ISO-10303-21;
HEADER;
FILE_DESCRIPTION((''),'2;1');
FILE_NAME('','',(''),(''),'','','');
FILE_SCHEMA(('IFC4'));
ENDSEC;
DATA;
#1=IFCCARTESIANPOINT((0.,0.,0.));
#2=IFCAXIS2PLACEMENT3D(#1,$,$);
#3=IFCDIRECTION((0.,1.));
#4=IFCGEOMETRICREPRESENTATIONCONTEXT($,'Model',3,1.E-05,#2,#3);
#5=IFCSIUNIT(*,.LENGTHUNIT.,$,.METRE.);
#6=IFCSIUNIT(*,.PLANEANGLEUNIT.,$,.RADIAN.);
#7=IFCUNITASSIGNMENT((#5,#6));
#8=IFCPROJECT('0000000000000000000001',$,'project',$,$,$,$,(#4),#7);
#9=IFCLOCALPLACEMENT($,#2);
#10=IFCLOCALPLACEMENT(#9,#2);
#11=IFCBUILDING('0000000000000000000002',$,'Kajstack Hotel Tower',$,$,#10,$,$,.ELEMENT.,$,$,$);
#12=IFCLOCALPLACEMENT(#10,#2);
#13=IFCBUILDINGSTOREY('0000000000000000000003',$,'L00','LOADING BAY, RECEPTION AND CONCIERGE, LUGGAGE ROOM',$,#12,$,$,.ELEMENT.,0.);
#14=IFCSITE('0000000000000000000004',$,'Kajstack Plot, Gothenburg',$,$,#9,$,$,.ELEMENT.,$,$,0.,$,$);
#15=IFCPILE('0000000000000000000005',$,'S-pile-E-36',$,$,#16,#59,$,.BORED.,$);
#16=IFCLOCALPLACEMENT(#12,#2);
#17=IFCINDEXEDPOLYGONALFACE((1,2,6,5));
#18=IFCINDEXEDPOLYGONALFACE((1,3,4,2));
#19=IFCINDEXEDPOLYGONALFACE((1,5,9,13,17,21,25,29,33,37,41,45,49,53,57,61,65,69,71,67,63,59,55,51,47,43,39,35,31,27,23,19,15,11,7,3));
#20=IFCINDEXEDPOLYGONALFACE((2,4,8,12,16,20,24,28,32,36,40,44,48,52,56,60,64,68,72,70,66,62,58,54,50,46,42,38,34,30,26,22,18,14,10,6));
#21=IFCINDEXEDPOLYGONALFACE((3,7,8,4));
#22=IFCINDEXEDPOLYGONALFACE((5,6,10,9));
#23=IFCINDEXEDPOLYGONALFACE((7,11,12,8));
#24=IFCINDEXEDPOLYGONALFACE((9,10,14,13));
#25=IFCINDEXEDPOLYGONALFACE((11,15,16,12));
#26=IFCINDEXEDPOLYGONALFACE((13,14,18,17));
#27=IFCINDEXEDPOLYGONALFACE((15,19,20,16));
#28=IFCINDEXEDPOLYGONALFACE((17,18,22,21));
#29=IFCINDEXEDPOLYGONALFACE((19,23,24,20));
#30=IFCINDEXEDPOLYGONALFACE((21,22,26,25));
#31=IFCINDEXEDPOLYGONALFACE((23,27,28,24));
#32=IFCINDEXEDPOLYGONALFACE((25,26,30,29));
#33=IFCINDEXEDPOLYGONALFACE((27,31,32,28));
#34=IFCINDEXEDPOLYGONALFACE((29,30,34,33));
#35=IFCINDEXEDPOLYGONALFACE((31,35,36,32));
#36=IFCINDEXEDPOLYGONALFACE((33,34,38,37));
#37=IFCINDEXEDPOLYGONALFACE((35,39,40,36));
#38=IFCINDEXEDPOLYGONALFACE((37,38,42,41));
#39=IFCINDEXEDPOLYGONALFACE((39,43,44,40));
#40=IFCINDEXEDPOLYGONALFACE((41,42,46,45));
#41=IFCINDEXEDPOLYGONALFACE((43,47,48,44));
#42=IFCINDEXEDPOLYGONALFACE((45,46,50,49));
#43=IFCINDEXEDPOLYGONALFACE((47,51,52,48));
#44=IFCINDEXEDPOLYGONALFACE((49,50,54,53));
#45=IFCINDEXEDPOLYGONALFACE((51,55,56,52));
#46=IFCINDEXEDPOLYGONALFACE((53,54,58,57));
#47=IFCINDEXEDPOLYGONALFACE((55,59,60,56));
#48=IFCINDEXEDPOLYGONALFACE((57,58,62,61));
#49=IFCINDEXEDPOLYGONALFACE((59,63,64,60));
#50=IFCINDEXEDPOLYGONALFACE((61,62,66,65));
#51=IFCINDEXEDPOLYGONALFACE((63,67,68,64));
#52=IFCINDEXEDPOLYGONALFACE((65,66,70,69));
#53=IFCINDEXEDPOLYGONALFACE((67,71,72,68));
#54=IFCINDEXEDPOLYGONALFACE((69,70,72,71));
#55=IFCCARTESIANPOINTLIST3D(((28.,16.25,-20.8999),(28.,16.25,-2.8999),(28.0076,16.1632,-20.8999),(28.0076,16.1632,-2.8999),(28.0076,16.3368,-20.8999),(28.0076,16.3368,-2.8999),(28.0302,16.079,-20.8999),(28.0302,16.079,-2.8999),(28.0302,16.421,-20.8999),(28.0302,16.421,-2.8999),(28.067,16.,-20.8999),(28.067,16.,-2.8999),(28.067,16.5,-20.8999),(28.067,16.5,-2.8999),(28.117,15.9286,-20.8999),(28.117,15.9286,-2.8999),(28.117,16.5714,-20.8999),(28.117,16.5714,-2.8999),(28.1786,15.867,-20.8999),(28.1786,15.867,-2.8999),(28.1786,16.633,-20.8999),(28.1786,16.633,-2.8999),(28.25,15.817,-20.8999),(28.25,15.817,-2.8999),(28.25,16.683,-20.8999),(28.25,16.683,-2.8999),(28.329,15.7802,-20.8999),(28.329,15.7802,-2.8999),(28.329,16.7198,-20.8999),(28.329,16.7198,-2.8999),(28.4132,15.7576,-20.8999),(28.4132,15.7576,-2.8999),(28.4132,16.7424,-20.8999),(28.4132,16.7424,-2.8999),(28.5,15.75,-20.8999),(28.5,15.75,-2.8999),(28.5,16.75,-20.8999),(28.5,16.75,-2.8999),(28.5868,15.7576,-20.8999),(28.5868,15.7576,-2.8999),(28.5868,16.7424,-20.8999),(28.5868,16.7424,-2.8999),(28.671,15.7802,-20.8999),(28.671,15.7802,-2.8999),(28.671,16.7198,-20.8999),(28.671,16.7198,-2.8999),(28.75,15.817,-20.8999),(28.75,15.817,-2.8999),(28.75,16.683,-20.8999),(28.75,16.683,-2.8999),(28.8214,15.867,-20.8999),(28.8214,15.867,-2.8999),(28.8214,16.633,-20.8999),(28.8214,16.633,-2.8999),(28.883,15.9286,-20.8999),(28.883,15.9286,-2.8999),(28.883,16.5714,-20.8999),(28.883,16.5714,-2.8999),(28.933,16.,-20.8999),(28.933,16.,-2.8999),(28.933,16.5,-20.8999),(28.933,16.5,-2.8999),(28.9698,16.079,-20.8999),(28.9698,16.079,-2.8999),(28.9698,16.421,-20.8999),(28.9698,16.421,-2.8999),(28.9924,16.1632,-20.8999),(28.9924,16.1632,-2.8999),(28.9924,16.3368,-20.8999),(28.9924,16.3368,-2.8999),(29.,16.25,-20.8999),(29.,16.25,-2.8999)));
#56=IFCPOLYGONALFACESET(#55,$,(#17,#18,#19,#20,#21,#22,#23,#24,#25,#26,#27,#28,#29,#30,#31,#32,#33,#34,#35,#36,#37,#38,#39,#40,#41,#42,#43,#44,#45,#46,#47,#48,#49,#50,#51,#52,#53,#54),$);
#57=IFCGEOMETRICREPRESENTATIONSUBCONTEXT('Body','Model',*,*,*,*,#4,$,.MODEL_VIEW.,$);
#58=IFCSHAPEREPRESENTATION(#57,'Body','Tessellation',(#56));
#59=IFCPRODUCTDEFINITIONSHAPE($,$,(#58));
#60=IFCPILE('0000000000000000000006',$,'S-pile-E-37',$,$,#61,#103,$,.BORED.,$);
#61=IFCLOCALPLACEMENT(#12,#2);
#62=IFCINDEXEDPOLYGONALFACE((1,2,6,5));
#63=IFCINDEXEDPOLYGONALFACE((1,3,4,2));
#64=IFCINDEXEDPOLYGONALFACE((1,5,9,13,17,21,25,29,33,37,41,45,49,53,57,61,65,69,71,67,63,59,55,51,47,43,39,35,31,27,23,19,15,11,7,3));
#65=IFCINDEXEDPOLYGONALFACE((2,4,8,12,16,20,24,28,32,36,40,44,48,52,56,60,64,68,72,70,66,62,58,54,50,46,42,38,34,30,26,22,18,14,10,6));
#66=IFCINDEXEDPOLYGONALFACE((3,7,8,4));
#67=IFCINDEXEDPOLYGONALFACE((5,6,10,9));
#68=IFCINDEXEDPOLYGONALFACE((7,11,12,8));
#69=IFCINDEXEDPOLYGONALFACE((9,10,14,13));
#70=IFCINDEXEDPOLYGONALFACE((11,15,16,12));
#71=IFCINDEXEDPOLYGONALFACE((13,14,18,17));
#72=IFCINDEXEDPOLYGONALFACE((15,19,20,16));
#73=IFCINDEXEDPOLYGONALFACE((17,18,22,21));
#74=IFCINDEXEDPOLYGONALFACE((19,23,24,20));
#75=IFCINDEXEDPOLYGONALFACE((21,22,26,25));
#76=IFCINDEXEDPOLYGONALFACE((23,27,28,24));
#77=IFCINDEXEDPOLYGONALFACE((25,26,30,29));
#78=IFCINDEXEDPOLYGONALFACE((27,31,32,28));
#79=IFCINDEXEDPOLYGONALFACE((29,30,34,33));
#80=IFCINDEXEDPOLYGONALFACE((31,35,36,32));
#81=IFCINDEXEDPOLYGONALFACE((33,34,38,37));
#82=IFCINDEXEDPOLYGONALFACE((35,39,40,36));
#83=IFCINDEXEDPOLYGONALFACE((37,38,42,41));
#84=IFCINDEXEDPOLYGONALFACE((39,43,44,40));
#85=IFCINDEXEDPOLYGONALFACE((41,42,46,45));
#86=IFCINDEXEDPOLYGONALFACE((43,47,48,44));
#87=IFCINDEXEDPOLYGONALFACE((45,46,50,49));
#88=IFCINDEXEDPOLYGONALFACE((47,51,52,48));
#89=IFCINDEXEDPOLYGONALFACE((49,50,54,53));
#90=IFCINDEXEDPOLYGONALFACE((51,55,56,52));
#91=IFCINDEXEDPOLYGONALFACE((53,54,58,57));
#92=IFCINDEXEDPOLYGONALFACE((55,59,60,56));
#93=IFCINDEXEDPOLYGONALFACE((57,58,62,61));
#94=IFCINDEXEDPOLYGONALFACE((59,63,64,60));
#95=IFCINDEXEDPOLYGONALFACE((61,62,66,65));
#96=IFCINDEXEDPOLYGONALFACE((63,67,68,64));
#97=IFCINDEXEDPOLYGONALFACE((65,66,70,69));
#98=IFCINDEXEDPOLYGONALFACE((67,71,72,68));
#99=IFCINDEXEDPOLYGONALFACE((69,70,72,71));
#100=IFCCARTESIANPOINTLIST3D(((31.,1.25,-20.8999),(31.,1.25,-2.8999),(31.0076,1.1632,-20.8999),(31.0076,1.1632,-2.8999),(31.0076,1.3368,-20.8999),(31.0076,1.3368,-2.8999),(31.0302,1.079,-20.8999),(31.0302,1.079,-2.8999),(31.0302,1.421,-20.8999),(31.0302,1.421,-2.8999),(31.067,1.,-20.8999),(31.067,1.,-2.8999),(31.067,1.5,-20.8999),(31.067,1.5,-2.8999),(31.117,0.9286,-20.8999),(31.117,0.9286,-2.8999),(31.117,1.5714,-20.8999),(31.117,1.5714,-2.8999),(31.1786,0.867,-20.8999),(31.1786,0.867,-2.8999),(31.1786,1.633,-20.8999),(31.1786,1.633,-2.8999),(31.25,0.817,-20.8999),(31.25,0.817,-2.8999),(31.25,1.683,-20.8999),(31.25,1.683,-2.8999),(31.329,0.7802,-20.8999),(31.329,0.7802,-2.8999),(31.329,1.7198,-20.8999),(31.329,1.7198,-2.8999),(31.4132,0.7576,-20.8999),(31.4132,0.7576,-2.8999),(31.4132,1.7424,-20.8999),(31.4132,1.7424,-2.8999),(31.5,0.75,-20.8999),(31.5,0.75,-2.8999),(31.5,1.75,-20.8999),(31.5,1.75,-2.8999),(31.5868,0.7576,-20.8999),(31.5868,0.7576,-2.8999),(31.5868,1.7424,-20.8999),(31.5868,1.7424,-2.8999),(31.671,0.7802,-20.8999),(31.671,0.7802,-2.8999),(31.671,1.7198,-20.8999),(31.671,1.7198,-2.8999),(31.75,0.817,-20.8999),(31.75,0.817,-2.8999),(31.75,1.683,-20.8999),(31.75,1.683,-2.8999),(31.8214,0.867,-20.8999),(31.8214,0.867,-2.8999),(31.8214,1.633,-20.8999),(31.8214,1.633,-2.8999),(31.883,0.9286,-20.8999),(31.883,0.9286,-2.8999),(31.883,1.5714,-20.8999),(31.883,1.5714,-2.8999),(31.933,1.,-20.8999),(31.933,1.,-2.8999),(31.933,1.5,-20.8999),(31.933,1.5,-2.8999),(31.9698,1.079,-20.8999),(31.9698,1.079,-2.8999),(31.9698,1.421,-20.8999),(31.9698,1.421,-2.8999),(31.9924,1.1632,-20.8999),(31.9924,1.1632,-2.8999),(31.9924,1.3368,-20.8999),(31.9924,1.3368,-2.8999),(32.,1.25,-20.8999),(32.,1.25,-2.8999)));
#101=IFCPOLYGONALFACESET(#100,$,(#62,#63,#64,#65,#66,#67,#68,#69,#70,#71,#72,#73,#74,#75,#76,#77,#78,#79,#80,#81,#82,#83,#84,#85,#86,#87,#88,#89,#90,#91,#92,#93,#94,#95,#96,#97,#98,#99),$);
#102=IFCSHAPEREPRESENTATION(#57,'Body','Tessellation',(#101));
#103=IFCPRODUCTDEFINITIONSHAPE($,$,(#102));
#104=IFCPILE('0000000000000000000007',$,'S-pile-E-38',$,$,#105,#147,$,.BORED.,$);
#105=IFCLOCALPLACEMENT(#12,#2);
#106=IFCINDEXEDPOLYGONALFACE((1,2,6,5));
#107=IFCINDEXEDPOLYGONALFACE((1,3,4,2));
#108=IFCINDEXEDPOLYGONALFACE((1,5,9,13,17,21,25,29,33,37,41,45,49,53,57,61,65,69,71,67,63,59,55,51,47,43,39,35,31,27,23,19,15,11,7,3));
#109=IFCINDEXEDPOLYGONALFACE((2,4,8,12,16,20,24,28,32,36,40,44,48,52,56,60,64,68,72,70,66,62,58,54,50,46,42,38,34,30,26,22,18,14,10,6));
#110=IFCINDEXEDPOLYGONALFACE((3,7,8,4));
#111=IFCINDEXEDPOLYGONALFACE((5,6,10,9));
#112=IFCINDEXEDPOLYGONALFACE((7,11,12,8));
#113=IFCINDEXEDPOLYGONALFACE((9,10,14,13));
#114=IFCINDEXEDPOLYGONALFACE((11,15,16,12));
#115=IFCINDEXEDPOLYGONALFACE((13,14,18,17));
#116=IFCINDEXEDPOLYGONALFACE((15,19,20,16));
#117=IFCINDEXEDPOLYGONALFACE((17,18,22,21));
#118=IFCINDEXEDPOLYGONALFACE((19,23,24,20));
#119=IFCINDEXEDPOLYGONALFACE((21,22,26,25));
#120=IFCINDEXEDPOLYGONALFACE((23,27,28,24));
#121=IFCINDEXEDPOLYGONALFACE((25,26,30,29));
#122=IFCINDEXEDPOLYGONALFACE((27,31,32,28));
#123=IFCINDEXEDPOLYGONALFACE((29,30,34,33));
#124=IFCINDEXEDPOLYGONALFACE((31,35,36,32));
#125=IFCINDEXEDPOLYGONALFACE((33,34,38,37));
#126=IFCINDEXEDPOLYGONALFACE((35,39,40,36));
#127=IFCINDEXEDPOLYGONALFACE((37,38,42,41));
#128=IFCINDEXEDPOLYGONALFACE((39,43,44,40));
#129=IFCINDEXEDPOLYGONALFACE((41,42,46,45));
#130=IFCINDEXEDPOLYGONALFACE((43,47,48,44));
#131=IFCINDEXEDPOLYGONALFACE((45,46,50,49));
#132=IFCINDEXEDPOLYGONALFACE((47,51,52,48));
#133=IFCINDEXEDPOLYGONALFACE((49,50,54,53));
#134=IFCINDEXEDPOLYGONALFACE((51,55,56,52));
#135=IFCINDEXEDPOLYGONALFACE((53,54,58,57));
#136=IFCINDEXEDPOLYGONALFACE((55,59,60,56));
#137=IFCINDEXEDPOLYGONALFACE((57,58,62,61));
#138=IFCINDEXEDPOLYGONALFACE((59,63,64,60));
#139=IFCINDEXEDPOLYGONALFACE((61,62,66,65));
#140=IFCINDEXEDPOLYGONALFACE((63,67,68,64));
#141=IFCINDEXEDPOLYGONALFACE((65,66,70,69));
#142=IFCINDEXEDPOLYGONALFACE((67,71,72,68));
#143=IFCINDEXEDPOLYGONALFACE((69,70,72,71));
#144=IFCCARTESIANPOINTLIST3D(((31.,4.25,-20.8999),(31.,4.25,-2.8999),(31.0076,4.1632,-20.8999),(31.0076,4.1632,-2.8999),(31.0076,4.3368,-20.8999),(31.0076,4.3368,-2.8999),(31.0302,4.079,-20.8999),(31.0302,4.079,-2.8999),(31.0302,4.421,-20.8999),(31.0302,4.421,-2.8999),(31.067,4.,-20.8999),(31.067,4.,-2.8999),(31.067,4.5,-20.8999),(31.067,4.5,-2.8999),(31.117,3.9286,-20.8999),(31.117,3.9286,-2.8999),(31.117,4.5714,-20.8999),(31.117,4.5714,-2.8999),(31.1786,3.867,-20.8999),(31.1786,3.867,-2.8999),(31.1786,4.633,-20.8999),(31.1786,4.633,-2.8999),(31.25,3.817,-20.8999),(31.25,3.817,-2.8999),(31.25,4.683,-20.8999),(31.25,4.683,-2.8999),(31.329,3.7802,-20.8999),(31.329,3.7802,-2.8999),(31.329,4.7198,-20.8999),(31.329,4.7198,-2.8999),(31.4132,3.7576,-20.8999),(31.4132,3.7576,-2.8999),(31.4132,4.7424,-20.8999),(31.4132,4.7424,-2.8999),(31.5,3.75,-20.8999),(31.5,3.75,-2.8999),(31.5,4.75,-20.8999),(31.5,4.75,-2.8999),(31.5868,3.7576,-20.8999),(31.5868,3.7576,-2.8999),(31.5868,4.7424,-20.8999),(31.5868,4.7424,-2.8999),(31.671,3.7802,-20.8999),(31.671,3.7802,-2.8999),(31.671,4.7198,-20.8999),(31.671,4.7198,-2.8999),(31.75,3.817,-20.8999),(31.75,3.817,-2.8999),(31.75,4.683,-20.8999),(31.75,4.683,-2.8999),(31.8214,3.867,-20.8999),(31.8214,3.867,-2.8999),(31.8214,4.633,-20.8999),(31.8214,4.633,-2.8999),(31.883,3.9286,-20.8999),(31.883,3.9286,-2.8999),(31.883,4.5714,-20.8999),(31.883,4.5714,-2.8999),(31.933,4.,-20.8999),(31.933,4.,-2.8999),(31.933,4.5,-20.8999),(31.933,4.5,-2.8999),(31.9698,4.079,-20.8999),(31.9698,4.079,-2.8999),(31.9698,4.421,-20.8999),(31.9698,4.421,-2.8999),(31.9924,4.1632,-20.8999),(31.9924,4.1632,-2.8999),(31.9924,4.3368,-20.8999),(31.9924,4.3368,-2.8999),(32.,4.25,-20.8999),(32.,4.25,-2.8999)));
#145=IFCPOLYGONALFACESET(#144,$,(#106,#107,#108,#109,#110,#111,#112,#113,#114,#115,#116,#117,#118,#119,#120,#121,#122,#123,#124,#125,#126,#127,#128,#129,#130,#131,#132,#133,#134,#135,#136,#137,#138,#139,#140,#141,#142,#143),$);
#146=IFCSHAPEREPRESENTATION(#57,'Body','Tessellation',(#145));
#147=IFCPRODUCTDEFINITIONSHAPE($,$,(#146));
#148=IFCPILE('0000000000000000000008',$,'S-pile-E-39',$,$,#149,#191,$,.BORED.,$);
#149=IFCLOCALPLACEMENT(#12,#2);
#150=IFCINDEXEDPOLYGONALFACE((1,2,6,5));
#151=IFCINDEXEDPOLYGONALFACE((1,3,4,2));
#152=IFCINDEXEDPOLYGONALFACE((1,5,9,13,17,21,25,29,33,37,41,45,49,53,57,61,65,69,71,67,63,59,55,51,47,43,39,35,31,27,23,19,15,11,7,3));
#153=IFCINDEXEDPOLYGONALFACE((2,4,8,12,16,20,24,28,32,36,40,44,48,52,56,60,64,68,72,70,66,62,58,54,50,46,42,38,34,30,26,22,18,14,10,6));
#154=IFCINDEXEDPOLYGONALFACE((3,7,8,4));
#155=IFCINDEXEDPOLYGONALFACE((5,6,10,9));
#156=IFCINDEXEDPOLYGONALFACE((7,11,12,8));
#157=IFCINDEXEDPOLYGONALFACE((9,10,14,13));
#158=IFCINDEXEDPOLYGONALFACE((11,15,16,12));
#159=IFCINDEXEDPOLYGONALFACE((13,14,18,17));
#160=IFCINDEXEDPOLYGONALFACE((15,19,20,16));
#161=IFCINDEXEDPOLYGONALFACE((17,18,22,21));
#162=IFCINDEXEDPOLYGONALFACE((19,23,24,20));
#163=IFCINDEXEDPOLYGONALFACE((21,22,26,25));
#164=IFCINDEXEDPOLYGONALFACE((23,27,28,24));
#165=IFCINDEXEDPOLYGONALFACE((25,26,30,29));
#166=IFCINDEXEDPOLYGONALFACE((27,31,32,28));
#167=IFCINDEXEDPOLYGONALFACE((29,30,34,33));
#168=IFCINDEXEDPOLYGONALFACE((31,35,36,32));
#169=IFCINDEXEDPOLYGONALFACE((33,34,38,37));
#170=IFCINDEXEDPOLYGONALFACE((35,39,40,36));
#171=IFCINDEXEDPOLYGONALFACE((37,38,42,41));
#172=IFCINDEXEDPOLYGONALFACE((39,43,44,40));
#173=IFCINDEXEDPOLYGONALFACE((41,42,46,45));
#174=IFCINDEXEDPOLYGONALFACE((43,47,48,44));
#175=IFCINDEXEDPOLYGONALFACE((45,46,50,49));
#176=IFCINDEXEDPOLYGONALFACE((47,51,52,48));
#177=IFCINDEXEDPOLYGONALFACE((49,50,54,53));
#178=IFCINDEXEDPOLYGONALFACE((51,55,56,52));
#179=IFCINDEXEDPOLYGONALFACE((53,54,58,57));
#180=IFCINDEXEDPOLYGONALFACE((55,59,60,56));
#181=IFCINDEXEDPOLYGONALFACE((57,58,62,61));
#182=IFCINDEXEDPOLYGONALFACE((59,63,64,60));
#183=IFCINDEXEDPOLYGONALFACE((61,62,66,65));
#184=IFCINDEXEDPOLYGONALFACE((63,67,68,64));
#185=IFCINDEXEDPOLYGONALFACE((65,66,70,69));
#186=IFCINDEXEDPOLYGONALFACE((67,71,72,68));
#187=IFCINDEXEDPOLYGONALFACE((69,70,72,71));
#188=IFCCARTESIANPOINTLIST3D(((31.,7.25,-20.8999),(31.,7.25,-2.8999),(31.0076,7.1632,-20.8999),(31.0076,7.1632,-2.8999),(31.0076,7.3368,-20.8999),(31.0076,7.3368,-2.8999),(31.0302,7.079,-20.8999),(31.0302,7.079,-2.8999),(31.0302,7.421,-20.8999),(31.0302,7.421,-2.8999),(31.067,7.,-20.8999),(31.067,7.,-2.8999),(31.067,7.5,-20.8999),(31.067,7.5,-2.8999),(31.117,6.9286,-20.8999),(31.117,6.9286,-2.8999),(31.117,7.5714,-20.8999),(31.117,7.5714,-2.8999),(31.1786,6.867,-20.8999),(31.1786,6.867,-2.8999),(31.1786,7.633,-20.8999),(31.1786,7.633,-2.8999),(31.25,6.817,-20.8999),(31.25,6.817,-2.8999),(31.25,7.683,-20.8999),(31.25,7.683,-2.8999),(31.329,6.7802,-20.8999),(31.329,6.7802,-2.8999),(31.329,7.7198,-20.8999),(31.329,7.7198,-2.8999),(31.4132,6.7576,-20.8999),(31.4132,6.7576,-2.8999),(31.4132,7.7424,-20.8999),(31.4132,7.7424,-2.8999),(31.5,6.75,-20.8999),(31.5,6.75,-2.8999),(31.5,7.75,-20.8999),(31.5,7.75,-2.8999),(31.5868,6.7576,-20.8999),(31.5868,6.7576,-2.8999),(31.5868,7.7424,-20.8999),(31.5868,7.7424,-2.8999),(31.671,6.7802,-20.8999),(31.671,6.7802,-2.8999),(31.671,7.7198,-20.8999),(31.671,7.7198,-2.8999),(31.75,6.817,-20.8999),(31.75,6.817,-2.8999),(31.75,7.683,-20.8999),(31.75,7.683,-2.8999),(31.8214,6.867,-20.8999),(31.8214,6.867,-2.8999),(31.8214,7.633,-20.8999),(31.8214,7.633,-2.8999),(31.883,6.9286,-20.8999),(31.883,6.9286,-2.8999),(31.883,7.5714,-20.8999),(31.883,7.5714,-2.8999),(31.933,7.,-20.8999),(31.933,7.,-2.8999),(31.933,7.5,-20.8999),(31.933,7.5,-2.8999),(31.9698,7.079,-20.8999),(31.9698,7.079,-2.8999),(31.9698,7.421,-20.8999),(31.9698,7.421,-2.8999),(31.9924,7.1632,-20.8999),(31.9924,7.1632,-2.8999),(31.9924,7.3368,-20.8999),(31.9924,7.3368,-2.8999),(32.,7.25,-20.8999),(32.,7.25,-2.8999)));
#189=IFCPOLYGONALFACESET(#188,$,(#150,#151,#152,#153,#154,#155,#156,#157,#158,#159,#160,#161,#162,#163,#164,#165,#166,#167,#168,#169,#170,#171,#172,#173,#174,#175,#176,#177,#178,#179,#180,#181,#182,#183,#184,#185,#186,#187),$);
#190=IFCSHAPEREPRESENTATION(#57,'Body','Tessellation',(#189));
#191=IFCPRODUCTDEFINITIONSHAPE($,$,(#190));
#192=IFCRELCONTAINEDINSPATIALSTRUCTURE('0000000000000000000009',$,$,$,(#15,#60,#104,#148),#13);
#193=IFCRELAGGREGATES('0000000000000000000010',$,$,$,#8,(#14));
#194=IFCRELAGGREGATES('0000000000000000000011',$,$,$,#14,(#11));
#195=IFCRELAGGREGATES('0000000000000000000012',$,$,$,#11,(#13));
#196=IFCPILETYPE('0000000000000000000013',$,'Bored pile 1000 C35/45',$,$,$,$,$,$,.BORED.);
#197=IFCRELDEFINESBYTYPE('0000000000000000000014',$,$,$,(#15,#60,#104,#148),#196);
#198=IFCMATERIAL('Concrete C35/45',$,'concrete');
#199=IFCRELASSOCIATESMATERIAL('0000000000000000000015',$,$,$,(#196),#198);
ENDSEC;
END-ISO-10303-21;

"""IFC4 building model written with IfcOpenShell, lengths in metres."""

from ifc_helpers import new_model, si_unit, direction, frame, origin, origin_2d, place, context, subcontext, project, spatial, circle, extrude, material, material_profile, profile_set, type_object, element, save


model = new_model("IFC4")

# Units and contexts
model_context = context("Model", 3, precision=1e-05, world=origin(), true_north=direction((0.0, 1.0)))
body_context = subcontext(model_context, "Body", "Model", "MODEL_VIEW")
ifc_project = project(units=[si_unit("LENGTHUNIT", "METRE"), si_unit("PLANEANGLEUNIT", "RADIAN")], contexts=[model_context])

# Site, building, storey
site_placement = place(None, origin())
site = spatial("IfcSite", under=ifc_project, at=site_placement, Name="Kajstack Plot, Gothenburg", CompositionType="ELEMENT", RefElevation=0.0)
building_placement = place(site_placement, origin())
building = spatial("IfcBuilding", under=site, at=building_placement, Name="Kajstack Hotel Tower", CompositionType="ELEMENT")
storey_placement = place(building_placement, origin())
storey = spatial("IfcBuildingStorey", under=building, at=storey_placement, Name="L00", Description="LOADING BAY, RECEPTION AND CONCIERGE, LUGGAGE ROOM", CompositionType="ELEMENT", Elevation=0.0)

# Piles
ifc_material_1 = material(Name="Concrete C35/45", Category="concrete")
ifc_material_profile_1 = material_profile(ifc_material_1, circle(Radius=0.5, at=origin_2d()), Name="RC round 1000")
ifc_profile_set_1 = profile_set([ifc_material_profile_1], Name="Concrete C35/45")
pile_type_1 = type_object("IfcPileType", Name="Bored pile 1000 C35/45", PredefinedType="BORED", material=ifc_profile_set_1)
for number, where, z_axis, x_axis, name in (
    (1, (28.5, 16.25, -2.8999), (0.0, 0.0, -1.0), (1.0, 0.0, 0.0), "S-pile-E-36"),
    (2, (31.5, 1.25, -2.8999), (0.0, 0.0, -1.0), (1.0, 0.0, 0.0), "S-pile-E-37"),
    (3, (31.5, 4.25, -2.8999), (0.0, 0.0, -1.0), (1.0, 0.0, 0.0), "S-pile-E-38"),
    (4, (31.5, 7.25, -2.8999), (0.0, 0.0, -1.0), (1.0, 0.0, 0.0), "S-pile-E-39"),
):
    element("IfcPile", number, at=place(storey_placement, frame(where, z_axis=z_axis, x_axis=x_axis)), inside=storey, type_object=pile_type_1, Name=name, PredefinedType="BORED", context=body_context, shape_type="SweptSolid", body=[
        extrude(circle(Radius=0.5, at=origin_2d()), origin(), (0.0, 0.0, 1.0), 18.0),
    ])

save(model, "model.ifc")
